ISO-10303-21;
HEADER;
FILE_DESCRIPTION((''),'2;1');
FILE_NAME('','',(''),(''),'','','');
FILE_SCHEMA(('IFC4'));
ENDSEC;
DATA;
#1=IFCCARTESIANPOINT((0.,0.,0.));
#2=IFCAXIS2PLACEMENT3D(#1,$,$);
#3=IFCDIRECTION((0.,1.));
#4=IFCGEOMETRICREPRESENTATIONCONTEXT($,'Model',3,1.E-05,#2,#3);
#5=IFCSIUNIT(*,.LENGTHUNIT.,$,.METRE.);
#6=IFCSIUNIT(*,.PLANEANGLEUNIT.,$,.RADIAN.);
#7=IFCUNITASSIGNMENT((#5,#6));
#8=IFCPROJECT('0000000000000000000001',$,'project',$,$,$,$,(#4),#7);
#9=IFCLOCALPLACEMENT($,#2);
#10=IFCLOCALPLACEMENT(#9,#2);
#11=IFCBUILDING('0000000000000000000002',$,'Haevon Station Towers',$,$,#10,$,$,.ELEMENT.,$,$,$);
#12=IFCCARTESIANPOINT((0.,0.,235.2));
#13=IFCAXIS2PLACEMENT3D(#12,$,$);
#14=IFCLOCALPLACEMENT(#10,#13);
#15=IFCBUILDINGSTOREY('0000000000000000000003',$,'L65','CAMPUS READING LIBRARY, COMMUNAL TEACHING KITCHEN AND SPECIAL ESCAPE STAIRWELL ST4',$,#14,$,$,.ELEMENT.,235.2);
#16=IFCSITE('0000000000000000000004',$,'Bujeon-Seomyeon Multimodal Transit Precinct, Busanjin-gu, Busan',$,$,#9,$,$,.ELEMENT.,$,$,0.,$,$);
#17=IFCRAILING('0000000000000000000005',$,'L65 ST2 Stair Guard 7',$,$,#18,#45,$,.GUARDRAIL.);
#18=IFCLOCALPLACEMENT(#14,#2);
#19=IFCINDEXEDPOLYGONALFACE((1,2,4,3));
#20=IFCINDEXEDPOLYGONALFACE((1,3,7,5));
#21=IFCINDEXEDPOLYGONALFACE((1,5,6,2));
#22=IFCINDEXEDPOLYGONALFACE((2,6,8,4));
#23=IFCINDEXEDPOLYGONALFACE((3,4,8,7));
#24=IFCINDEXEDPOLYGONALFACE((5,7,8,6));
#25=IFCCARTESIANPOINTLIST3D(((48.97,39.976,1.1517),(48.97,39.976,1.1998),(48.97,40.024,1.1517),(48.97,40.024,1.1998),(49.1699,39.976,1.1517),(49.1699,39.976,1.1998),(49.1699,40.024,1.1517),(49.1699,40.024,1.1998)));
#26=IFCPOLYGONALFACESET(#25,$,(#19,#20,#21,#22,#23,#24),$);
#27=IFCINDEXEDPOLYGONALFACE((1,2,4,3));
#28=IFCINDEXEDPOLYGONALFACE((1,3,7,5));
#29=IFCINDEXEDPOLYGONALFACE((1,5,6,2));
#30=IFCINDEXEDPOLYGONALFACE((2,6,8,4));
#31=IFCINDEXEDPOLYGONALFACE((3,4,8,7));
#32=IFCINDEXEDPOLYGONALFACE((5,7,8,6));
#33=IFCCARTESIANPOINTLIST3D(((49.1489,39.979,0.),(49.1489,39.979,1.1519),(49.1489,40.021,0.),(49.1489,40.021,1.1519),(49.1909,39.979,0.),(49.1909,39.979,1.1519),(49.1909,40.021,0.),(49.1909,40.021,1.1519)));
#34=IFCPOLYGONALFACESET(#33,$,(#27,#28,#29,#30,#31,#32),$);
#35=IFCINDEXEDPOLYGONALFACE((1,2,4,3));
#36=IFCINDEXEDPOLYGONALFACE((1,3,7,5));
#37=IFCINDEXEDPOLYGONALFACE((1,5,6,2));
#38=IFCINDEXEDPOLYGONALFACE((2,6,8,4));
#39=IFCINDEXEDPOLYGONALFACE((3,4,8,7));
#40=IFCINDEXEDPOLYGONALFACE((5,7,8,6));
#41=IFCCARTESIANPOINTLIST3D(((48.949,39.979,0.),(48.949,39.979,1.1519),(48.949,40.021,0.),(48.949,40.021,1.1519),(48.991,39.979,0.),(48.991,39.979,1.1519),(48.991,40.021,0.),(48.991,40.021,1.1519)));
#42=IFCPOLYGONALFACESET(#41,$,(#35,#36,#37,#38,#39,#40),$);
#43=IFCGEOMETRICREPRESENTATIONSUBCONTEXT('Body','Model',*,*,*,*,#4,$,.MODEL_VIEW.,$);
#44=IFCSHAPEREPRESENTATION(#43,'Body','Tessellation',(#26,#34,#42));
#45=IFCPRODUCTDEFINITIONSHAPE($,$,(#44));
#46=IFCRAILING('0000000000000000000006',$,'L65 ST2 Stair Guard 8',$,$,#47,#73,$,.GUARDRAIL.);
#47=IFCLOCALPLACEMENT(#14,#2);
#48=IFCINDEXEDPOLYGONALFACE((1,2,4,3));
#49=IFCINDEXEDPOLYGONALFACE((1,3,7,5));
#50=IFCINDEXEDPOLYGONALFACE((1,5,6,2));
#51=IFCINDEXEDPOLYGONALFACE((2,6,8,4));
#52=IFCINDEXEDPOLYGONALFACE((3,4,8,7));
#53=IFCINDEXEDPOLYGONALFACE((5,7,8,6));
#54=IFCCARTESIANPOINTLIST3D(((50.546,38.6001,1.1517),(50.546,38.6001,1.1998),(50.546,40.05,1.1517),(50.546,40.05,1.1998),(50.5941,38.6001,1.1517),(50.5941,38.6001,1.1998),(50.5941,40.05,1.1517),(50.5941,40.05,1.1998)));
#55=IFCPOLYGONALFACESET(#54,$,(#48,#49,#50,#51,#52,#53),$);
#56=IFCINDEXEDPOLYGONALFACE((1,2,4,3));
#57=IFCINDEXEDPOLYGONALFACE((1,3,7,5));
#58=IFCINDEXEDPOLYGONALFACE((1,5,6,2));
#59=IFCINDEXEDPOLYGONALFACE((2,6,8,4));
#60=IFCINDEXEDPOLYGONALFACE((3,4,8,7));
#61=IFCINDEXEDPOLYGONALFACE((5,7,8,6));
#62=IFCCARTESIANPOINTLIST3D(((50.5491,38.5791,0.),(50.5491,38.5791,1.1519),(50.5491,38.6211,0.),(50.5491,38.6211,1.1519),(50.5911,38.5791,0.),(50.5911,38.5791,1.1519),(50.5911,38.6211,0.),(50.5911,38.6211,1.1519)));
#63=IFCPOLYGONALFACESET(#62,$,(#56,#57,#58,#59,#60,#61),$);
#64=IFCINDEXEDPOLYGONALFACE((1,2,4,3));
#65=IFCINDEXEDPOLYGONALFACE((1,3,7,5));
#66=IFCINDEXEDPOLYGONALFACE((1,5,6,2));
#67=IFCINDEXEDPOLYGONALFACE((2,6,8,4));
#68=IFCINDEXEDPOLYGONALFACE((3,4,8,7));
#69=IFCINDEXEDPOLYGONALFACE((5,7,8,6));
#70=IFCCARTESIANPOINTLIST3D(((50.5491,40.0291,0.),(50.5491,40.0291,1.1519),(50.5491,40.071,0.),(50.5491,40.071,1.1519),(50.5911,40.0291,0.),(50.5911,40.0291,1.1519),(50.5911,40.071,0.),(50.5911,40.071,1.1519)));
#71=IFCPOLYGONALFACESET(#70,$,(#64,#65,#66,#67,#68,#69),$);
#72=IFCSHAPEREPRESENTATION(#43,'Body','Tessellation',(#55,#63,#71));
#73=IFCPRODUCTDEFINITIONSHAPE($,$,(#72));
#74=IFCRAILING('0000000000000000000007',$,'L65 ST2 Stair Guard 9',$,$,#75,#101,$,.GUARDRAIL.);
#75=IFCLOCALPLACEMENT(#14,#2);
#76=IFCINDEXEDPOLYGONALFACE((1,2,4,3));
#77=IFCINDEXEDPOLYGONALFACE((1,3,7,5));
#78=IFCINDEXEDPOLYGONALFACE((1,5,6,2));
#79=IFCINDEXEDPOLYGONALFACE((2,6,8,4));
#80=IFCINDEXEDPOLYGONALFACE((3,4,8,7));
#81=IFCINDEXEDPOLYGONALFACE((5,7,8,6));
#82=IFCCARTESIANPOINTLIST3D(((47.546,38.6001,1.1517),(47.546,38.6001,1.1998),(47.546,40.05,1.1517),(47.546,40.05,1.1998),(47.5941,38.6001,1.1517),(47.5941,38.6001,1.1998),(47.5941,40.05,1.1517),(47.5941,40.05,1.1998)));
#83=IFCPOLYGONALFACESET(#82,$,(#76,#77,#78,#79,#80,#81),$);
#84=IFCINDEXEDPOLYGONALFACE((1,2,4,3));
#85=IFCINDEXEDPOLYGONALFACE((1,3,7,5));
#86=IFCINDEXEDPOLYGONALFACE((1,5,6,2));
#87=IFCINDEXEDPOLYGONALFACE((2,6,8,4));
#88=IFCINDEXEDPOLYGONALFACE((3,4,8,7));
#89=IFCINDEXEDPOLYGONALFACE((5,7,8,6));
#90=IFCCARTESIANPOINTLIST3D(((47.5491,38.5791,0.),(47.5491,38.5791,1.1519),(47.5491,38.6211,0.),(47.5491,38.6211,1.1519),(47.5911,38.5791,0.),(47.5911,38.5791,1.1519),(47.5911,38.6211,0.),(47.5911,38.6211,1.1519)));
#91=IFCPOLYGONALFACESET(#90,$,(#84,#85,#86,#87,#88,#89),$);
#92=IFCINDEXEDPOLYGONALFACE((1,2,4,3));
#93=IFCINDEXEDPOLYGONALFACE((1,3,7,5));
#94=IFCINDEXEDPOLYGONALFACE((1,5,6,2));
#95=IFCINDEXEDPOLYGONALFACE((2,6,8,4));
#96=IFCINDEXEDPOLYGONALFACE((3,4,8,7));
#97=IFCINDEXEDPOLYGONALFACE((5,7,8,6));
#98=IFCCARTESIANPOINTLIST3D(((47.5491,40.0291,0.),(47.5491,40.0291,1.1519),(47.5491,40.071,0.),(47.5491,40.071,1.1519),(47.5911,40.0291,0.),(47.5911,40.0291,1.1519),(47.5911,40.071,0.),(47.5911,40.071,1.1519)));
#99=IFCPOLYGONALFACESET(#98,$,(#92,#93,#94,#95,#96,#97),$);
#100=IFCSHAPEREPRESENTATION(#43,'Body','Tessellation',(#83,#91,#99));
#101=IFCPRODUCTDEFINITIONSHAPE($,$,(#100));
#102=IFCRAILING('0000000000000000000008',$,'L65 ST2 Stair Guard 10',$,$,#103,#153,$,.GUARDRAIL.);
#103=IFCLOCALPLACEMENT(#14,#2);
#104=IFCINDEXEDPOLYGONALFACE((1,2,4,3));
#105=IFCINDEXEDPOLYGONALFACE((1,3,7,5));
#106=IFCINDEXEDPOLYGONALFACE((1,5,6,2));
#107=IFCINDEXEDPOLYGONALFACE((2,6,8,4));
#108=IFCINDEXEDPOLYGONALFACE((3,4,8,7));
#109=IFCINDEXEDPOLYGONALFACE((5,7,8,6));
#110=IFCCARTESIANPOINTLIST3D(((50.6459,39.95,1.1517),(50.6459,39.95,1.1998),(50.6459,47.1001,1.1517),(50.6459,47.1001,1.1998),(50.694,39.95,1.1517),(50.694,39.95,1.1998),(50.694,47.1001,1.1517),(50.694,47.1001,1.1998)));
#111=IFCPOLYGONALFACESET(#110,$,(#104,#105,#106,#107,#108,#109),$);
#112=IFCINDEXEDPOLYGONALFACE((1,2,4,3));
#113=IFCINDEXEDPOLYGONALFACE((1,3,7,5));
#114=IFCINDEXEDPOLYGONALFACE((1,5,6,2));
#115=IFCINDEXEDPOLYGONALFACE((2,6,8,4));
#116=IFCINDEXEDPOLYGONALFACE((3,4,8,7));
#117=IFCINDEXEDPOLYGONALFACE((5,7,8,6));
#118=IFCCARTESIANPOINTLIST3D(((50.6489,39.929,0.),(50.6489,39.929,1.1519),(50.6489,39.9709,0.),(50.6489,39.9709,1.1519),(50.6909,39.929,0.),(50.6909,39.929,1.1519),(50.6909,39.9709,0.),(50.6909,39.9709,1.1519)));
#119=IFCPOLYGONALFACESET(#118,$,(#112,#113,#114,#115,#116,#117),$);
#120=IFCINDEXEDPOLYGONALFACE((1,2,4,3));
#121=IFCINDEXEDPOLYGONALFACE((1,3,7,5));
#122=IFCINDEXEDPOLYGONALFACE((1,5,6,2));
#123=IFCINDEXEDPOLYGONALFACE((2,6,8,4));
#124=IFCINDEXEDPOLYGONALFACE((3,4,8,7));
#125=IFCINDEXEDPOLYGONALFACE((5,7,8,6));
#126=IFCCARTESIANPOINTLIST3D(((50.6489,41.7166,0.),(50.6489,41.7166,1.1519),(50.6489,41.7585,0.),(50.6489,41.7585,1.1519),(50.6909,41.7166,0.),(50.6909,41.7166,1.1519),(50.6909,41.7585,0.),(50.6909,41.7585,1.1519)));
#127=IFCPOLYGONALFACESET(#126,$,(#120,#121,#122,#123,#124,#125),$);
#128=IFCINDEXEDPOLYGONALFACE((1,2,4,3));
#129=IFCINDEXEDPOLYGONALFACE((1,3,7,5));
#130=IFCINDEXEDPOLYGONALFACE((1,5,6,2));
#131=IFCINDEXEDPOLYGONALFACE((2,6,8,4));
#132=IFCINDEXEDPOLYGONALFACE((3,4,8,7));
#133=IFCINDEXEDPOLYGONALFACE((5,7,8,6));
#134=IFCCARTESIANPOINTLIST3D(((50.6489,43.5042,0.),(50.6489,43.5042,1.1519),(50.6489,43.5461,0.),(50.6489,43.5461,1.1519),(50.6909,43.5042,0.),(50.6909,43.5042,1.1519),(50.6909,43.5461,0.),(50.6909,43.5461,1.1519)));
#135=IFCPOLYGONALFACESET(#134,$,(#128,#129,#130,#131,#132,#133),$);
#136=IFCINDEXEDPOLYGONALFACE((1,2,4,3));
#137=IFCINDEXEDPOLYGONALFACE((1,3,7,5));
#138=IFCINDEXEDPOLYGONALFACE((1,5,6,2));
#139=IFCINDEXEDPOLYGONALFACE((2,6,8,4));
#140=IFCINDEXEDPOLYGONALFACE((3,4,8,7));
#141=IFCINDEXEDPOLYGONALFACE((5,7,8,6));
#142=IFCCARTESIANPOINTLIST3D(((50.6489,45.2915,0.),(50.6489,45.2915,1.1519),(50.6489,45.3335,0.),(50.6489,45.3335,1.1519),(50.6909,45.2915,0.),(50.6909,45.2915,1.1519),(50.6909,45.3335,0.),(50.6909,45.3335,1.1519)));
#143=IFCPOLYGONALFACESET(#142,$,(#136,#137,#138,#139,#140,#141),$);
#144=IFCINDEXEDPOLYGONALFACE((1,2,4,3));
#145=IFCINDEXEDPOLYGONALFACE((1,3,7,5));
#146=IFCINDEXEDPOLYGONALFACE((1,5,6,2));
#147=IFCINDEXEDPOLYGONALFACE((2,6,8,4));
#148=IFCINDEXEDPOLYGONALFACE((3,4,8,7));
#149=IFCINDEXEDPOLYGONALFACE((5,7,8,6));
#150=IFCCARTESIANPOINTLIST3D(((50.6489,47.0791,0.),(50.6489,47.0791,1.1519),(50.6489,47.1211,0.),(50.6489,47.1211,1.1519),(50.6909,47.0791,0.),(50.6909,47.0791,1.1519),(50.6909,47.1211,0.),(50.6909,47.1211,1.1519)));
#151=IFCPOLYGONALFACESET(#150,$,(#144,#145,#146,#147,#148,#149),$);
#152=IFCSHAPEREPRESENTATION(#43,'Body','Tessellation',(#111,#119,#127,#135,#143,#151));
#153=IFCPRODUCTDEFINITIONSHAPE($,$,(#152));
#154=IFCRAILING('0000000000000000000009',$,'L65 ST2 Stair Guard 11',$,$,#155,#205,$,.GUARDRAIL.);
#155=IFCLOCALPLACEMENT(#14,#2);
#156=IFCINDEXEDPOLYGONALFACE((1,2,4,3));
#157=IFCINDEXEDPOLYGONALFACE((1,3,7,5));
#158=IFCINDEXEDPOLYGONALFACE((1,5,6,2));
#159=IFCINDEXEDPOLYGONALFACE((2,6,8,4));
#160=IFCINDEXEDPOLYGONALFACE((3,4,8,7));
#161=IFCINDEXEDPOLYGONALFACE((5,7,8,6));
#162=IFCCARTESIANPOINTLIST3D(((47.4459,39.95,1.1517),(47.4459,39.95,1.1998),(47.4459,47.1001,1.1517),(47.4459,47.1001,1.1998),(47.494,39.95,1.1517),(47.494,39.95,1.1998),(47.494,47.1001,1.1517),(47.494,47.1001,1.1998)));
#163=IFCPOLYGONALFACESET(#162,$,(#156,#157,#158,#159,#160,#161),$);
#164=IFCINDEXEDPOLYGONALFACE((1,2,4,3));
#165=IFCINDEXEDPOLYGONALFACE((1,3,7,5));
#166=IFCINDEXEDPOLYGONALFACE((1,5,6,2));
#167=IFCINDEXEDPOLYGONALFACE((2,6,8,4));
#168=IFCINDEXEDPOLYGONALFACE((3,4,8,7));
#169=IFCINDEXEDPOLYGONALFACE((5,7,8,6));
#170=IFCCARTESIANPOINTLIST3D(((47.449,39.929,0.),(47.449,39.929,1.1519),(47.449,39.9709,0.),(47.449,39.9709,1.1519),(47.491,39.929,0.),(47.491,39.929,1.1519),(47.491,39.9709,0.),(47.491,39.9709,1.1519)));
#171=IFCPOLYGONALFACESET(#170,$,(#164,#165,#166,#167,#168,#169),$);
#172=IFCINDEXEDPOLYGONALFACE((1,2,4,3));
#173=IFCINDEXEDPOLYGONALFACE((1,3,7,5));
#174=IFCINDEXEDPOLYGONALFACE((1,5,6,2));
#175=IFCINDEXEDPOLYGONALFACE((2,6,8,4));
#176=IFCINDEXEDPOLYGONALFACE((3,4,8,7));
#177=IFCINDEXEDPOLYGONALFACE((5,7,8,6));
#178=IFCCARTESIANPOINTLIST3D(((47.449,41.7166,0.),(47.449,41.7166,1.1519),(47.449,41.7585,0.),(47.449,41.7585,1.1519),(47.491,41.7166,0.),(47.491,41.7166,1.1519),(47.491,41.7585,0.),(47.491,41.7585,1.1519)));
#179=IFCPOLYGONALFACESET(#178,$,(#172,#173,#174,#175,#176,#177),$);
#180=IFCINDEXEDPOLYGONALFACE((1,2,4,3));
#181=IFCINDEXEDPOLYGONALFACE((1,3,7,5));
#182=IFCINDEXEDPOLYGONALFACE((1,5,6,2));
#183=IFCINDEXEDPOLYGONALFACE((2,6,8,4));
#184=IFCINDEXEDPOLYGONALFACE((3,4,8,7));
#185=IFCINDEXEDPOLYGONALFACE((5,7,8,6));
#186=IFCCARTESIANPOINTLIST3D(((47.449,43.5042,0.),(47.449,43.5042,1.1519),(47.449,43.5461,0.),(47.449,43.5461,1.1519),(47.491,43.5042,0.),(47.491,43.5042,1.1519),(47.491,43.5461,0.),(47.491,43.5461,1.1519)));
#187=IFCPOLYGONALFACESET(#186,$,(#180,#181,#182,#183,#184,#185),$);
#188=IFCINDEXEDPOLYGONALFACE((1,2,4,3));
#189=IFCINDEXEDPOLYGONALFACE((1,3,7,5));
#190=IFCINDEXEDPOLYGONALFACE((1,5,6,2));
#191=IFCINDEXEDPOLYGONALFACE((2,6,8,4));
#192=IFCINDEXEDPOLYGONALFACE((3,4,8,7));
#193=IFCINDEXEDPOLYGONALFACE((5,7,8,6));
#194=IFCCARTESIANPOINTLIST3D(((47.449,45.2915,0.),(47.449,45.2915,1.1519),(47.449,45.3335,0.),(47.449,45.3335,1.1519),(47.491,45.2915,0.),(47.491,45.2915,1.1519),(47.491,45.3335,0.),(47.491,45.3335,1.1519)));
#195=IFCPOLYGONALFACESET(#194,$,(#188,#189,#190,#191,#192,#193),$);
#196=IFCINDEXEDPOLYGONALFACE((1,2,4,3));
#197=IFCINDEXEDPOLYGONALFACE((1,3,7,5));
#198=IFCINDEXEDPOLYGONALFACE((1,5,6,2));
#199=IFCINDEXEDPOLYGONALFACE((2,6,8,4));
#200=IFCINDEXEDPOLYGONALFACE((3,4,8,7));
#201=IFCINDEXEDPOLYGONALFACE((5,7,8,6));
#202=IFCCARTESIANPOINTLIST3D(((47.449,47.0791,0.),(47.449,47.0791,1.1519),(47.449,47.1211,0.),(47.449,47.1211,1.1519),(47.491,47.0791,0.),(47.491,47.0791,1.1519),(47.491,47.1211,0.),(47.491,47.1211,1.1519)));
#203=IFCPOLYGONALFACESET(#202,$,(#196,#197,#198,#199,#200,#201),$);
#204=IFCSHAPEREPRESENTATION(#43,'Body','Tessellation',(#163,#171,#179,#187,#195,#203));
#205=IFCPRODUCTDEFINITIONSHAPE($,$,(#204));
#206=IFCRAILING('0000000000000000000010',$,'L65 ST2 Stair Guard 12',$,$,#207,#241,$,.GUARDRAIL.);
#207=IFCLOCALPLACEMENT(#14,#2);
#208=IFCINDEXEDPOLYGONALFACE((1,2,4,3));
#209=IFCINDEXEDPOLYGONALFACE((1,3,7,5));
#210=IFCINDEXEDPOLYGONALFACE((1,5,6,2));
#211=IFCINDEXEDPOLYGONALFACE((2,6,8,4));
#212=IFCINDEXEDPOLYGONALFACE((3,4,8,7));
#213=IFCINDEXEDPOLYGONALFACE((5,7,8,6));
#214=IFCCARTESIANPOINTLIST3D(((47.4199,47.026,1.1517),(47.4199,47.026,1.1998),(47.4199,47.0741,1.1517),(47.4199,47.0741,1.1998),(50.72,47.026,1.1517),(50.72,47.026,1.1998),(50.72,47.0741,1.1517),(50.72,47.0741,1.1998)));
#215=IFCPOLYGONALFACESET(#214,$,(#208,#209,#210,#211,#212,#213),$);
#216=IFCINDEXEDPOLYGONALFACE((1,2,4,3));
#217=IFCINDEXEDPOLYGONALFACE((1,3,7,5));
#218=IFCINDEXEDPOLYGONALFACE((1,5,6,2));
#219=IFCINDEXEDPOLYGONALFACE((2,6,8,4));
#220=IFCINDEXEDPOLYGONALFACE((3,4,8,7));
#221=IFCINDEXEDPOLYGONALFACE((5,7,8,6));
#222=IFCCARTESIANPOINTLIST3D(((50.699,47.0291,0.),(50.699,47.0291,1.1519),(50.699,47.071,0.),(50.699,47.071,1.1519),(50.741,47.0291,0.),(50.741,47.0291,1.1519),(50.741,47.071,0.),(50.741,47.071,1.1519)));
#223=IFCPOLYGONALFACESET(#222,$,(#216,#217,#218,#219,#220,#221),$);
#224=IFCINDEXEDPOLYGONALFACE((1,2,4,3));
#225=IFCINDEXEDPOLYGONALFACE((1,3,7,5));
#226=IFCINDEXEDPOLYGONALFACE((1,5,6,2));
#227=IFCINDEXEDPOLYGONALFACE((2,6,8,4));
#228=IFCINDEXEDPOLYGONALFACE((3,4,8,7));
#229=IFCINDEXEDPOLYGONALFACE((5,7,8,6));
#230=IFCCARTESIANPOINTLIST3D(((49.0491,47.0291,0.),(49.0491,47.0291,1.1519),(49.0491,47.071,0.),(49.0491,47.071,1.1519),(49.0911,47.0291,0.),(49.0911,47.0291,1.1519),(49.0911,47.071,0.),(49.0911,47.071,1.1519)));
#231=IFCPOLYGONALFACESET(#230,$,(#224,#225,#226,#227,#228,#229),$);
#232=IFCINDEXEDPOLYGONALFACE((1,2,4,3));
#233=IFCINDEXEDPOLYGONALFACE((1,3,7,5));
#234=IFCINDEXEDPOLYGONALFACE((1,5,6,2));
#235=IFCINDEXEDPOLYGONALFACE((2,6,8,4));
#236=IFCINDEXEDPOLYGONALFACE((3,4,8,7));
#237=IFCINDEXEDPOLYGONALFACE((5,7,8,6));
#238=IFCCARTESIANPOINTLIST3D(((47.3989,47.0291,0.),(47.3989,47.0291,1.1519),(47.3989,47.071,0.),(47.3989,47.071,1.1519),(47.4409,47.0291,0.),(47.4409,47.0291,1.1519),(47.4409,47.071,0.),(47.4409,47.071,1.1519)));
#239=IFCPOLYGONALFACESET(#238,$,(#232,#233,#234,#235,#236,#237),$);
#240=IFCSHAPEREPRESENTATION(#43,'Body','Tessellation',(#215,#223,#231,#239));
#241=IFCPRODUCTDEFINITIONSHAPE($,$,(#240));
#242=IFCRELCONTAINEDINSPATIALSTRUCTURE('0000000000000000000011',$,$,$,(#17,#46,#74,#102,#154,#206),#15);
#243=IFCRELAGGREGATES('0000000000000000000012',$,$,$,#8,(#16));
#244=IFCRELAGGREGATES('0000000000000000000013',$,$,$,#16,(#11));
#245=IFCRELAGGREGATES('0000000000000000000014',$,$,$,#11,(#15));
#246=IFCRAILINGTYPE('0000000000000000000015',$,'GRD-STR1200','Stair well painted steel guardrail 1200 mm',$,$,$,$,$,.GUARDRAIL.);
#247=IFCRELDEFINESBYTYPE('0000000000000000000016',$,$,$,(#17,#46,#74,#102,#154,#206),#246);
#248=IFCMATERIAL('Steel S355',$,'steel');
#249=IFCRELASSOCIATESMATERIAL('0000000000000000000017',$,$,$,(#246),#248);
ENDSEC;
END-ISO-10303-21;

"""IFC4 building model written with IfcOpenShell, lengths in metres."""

from ifc_helpers import new_model, si_unit, direction, frame, origin, origin_2d, place, context, subcontext, project, spatial, rectangle, extrude, material, type_object, element, save


model = new_model("IFC4")

# Units and contexts
model_context = context("Model", 3, precision=1e-05, world=origin(), true_north=direction((0.0, 1.0)))
body_context = subcontext(model_context, "Body", "Model", "MODEL_VIEW")
ifc_project = project(units=[si_unit("LENGTHUNIT", "METRE"), si_unit("PLANEANGLEUNIT", "RADIAN")], contexts=[model_context])

# Site, building, storey
site_placement = place(None, origin())
site = spatial("IfcSite", under=ifc_project, at=site_placement, Name="Bujeon-Seomyeon Multimodal Transit Precinct, Busanjin-gu, Busan", CompositionType="ELEMENT", RefElevation=0.0)
building_placement = place(site_placement, origin())
building = spatial("IfcBuilding", under=site, at=building_placement, Name="Haevon Station Towers", CompositionType="ELEMENT")
storey_placement = place(building_placement, frame((0.0, 0.0, 235.2)))
storey = spatial("IfcBuildingStorey", under=building, at=storey_placement, Name="L65", Description="CAMPUS READING LIBRARY, COMMUNAL TEACHING KITCHEN AND SPECIAL ESCAPE STAIRWELL ST4", CompositionType="ELEMENT", Elevation=235.2)

# Shared definitions
ifc_material_1 = material(Name="Steel S355", Category="steel")

# Railings
railing_type_1 = type_object("IfcRailingType", Name="GRD-STR1200", Description="Stair well painted steel guardrail 1200 mm", PredefinedType="GUARDRAIL", material=ifc_material_1)
railing_1_placement = place(storey_placement, frame((49.1699, 40.0, 0.0)))
element("IfcRailing", 1, at=railing_1_placement, inside=storey, type_object=railing_type_1, Name="L65 ST2 Stair Guard 7", PredefinedType="GUARDRAIL", context=body_context, shape_type="SweptSolid", body=[
    extrude(rectangle(XDim=0.0481, YDim=0.0481, at=origin_2d()), frame((0.0, 0.0, 1.1758), z_axis=(-1.0, 0.0, 0.0), x_axis=(0.0, -1.0, 0.0)), (0.0, 0.0, 1.0), 0.2),
    extrude(rectangle(XDim=0.042, YDim=0.042, at=origin_2d()), origin(), (0.0, 0.0, 1.0), 1.1519),
    extrude(rectangle(XDim=0.042, YDim=0.042, at=origin_2d()), frame((-0.2, 0.0, 0.0)), (0.0, 0.0, 1.0), 1.1519),
])
for number, where, name in (
    (2, (50.5701, 38.6001, 0.0), "L65 ST2 Stair Guard 8"),
    (3, (47.5701, 38.6001, 0.0), "L65 ST2 Stair Guard 9"),
):
    element("IfcRailing", number, at=place(storey_placement, frame(where)), inside=storey, type_object=railing_type_1, Name=name, PredefinedType="GUARDRAIL", context=body_context, shape_type="SweptSolid", body=[
        extrude(rectangle(XDim=0.0481, YDim=0.0481, at=origin_2d()), frame((0.0, 0.0, 1.1758), z_axis=(0.0, 1.0, 0.0), x_axis=(-1.0, 0.0, 0.0)), (0.0, 0.0, 1.0), 1.45),
        extrude(rectangle(XDim=0.042, YDim=0.042, at=origin_2d()), origin(), (0.0, 0.0, 1.0), 1.1519),
        extrude(rectangle(XDim=0.042, YDim=0.042, at=origin_2d()), frame((0.0, 1.45, 0.0)), (0.0, 0.0, 1.0), 1.1519),
    ])
for number, where, name in (
    (4, (50.6699, 39.95, 0.0), "L65 ST2 Stair Guard 10"),
    (5, (47.47, 39.95, 0.0), "L65 ST2 Stair Guard 11"),
):
    element("IfcRailing", number, at=place(storey_placement, frame(where)), inside=storey, type_object=railing_type_1, Name=name, PredefinedType="GUARDRAIL", context=body_context, shape_type="SweptSolid", body=[
        extrude(rectangle(XDim=0.0481, YDim=0.0481, at=origin_2d()), frame((0.0, 0.0, 1.1758), z_axis=(0.0, 1.0, 0.0), x_axis=(-1.0, 0.0, 0.0)), (0.0, 0.0, 1.0), 7.1501),
        extrude(rectangle(XDim=0.042, YDim=0.042, at=origin_2d()), origin(), (0.0, 0.0, 1.0), 1.1519),
        extrude(rectangle(XDim=0.042, YDim=0.042, at=origin_2d()), frame((0.0, 1.7876, 0.0)), (0.0, 0.0, 1.0), 1.1519),
        extrude(rectangle(XDim=0.042, YDim=0.042, at=origin_2d()), frame((0.0, 3.5752, 0.0)), (0.0, 0.0, 1.0), 1.1519),
        extrude(rectangle(XDim=0.042, YDim=0.042, at=origin_2d()), frame((0.0, 5.3625, 0.0)), (0.0, 0.0, 1.0), 1.1519),
        extrude(rectangle(XDim=0.042, YDim=0.042, at=origin_2d()), frame((0.0, 7.1501, 0.0)), (0.0, 0.0, 1.0), 1.1519),
    ])
railing_2_placement = place(storey_placement, frame((50.72, 47.05, 0.0)))
element("IfcRailing", 6, at=railing_2_placement, inside=storey, type_object=railing_type_1, Name="L65 ST2 Stair Guard 12", PredefinedType="GUARDRAIL", context=body_context, shape_type="SweptSolid", body=[
    extrude(rectangle(XDim=0.0481, YDim=0.0481, at=origin_2d()), frame((0.0, 0.0, 1.1758), z_axis=(-1.0, 0.0, 0.0), x_axis=(0.0, -1.0, 0.0)), (0.0, 0.0, 1.0), 3.3),
    extrude(rectangle(XDim=0.042, YDim=0.042, at=origin_2d()), origin(), (0.0, 0.0, 1.0), 1.1519),
    extrude(rectangle(XDim=0.042, YDim=0.042, at=origin_2d()), frame((-1.6499, 0.0, 0.0)), (0.0, 0.0, 1.0), 1.1519),
    extrude(rectangle(XDim=0.042, YDim=0.042, at=origin_2d()), frame((-3.3, 0.0, 0.0)), (0.0, 0.0, 1.0), 1.1519),
])

save(model, "model.ifc")
